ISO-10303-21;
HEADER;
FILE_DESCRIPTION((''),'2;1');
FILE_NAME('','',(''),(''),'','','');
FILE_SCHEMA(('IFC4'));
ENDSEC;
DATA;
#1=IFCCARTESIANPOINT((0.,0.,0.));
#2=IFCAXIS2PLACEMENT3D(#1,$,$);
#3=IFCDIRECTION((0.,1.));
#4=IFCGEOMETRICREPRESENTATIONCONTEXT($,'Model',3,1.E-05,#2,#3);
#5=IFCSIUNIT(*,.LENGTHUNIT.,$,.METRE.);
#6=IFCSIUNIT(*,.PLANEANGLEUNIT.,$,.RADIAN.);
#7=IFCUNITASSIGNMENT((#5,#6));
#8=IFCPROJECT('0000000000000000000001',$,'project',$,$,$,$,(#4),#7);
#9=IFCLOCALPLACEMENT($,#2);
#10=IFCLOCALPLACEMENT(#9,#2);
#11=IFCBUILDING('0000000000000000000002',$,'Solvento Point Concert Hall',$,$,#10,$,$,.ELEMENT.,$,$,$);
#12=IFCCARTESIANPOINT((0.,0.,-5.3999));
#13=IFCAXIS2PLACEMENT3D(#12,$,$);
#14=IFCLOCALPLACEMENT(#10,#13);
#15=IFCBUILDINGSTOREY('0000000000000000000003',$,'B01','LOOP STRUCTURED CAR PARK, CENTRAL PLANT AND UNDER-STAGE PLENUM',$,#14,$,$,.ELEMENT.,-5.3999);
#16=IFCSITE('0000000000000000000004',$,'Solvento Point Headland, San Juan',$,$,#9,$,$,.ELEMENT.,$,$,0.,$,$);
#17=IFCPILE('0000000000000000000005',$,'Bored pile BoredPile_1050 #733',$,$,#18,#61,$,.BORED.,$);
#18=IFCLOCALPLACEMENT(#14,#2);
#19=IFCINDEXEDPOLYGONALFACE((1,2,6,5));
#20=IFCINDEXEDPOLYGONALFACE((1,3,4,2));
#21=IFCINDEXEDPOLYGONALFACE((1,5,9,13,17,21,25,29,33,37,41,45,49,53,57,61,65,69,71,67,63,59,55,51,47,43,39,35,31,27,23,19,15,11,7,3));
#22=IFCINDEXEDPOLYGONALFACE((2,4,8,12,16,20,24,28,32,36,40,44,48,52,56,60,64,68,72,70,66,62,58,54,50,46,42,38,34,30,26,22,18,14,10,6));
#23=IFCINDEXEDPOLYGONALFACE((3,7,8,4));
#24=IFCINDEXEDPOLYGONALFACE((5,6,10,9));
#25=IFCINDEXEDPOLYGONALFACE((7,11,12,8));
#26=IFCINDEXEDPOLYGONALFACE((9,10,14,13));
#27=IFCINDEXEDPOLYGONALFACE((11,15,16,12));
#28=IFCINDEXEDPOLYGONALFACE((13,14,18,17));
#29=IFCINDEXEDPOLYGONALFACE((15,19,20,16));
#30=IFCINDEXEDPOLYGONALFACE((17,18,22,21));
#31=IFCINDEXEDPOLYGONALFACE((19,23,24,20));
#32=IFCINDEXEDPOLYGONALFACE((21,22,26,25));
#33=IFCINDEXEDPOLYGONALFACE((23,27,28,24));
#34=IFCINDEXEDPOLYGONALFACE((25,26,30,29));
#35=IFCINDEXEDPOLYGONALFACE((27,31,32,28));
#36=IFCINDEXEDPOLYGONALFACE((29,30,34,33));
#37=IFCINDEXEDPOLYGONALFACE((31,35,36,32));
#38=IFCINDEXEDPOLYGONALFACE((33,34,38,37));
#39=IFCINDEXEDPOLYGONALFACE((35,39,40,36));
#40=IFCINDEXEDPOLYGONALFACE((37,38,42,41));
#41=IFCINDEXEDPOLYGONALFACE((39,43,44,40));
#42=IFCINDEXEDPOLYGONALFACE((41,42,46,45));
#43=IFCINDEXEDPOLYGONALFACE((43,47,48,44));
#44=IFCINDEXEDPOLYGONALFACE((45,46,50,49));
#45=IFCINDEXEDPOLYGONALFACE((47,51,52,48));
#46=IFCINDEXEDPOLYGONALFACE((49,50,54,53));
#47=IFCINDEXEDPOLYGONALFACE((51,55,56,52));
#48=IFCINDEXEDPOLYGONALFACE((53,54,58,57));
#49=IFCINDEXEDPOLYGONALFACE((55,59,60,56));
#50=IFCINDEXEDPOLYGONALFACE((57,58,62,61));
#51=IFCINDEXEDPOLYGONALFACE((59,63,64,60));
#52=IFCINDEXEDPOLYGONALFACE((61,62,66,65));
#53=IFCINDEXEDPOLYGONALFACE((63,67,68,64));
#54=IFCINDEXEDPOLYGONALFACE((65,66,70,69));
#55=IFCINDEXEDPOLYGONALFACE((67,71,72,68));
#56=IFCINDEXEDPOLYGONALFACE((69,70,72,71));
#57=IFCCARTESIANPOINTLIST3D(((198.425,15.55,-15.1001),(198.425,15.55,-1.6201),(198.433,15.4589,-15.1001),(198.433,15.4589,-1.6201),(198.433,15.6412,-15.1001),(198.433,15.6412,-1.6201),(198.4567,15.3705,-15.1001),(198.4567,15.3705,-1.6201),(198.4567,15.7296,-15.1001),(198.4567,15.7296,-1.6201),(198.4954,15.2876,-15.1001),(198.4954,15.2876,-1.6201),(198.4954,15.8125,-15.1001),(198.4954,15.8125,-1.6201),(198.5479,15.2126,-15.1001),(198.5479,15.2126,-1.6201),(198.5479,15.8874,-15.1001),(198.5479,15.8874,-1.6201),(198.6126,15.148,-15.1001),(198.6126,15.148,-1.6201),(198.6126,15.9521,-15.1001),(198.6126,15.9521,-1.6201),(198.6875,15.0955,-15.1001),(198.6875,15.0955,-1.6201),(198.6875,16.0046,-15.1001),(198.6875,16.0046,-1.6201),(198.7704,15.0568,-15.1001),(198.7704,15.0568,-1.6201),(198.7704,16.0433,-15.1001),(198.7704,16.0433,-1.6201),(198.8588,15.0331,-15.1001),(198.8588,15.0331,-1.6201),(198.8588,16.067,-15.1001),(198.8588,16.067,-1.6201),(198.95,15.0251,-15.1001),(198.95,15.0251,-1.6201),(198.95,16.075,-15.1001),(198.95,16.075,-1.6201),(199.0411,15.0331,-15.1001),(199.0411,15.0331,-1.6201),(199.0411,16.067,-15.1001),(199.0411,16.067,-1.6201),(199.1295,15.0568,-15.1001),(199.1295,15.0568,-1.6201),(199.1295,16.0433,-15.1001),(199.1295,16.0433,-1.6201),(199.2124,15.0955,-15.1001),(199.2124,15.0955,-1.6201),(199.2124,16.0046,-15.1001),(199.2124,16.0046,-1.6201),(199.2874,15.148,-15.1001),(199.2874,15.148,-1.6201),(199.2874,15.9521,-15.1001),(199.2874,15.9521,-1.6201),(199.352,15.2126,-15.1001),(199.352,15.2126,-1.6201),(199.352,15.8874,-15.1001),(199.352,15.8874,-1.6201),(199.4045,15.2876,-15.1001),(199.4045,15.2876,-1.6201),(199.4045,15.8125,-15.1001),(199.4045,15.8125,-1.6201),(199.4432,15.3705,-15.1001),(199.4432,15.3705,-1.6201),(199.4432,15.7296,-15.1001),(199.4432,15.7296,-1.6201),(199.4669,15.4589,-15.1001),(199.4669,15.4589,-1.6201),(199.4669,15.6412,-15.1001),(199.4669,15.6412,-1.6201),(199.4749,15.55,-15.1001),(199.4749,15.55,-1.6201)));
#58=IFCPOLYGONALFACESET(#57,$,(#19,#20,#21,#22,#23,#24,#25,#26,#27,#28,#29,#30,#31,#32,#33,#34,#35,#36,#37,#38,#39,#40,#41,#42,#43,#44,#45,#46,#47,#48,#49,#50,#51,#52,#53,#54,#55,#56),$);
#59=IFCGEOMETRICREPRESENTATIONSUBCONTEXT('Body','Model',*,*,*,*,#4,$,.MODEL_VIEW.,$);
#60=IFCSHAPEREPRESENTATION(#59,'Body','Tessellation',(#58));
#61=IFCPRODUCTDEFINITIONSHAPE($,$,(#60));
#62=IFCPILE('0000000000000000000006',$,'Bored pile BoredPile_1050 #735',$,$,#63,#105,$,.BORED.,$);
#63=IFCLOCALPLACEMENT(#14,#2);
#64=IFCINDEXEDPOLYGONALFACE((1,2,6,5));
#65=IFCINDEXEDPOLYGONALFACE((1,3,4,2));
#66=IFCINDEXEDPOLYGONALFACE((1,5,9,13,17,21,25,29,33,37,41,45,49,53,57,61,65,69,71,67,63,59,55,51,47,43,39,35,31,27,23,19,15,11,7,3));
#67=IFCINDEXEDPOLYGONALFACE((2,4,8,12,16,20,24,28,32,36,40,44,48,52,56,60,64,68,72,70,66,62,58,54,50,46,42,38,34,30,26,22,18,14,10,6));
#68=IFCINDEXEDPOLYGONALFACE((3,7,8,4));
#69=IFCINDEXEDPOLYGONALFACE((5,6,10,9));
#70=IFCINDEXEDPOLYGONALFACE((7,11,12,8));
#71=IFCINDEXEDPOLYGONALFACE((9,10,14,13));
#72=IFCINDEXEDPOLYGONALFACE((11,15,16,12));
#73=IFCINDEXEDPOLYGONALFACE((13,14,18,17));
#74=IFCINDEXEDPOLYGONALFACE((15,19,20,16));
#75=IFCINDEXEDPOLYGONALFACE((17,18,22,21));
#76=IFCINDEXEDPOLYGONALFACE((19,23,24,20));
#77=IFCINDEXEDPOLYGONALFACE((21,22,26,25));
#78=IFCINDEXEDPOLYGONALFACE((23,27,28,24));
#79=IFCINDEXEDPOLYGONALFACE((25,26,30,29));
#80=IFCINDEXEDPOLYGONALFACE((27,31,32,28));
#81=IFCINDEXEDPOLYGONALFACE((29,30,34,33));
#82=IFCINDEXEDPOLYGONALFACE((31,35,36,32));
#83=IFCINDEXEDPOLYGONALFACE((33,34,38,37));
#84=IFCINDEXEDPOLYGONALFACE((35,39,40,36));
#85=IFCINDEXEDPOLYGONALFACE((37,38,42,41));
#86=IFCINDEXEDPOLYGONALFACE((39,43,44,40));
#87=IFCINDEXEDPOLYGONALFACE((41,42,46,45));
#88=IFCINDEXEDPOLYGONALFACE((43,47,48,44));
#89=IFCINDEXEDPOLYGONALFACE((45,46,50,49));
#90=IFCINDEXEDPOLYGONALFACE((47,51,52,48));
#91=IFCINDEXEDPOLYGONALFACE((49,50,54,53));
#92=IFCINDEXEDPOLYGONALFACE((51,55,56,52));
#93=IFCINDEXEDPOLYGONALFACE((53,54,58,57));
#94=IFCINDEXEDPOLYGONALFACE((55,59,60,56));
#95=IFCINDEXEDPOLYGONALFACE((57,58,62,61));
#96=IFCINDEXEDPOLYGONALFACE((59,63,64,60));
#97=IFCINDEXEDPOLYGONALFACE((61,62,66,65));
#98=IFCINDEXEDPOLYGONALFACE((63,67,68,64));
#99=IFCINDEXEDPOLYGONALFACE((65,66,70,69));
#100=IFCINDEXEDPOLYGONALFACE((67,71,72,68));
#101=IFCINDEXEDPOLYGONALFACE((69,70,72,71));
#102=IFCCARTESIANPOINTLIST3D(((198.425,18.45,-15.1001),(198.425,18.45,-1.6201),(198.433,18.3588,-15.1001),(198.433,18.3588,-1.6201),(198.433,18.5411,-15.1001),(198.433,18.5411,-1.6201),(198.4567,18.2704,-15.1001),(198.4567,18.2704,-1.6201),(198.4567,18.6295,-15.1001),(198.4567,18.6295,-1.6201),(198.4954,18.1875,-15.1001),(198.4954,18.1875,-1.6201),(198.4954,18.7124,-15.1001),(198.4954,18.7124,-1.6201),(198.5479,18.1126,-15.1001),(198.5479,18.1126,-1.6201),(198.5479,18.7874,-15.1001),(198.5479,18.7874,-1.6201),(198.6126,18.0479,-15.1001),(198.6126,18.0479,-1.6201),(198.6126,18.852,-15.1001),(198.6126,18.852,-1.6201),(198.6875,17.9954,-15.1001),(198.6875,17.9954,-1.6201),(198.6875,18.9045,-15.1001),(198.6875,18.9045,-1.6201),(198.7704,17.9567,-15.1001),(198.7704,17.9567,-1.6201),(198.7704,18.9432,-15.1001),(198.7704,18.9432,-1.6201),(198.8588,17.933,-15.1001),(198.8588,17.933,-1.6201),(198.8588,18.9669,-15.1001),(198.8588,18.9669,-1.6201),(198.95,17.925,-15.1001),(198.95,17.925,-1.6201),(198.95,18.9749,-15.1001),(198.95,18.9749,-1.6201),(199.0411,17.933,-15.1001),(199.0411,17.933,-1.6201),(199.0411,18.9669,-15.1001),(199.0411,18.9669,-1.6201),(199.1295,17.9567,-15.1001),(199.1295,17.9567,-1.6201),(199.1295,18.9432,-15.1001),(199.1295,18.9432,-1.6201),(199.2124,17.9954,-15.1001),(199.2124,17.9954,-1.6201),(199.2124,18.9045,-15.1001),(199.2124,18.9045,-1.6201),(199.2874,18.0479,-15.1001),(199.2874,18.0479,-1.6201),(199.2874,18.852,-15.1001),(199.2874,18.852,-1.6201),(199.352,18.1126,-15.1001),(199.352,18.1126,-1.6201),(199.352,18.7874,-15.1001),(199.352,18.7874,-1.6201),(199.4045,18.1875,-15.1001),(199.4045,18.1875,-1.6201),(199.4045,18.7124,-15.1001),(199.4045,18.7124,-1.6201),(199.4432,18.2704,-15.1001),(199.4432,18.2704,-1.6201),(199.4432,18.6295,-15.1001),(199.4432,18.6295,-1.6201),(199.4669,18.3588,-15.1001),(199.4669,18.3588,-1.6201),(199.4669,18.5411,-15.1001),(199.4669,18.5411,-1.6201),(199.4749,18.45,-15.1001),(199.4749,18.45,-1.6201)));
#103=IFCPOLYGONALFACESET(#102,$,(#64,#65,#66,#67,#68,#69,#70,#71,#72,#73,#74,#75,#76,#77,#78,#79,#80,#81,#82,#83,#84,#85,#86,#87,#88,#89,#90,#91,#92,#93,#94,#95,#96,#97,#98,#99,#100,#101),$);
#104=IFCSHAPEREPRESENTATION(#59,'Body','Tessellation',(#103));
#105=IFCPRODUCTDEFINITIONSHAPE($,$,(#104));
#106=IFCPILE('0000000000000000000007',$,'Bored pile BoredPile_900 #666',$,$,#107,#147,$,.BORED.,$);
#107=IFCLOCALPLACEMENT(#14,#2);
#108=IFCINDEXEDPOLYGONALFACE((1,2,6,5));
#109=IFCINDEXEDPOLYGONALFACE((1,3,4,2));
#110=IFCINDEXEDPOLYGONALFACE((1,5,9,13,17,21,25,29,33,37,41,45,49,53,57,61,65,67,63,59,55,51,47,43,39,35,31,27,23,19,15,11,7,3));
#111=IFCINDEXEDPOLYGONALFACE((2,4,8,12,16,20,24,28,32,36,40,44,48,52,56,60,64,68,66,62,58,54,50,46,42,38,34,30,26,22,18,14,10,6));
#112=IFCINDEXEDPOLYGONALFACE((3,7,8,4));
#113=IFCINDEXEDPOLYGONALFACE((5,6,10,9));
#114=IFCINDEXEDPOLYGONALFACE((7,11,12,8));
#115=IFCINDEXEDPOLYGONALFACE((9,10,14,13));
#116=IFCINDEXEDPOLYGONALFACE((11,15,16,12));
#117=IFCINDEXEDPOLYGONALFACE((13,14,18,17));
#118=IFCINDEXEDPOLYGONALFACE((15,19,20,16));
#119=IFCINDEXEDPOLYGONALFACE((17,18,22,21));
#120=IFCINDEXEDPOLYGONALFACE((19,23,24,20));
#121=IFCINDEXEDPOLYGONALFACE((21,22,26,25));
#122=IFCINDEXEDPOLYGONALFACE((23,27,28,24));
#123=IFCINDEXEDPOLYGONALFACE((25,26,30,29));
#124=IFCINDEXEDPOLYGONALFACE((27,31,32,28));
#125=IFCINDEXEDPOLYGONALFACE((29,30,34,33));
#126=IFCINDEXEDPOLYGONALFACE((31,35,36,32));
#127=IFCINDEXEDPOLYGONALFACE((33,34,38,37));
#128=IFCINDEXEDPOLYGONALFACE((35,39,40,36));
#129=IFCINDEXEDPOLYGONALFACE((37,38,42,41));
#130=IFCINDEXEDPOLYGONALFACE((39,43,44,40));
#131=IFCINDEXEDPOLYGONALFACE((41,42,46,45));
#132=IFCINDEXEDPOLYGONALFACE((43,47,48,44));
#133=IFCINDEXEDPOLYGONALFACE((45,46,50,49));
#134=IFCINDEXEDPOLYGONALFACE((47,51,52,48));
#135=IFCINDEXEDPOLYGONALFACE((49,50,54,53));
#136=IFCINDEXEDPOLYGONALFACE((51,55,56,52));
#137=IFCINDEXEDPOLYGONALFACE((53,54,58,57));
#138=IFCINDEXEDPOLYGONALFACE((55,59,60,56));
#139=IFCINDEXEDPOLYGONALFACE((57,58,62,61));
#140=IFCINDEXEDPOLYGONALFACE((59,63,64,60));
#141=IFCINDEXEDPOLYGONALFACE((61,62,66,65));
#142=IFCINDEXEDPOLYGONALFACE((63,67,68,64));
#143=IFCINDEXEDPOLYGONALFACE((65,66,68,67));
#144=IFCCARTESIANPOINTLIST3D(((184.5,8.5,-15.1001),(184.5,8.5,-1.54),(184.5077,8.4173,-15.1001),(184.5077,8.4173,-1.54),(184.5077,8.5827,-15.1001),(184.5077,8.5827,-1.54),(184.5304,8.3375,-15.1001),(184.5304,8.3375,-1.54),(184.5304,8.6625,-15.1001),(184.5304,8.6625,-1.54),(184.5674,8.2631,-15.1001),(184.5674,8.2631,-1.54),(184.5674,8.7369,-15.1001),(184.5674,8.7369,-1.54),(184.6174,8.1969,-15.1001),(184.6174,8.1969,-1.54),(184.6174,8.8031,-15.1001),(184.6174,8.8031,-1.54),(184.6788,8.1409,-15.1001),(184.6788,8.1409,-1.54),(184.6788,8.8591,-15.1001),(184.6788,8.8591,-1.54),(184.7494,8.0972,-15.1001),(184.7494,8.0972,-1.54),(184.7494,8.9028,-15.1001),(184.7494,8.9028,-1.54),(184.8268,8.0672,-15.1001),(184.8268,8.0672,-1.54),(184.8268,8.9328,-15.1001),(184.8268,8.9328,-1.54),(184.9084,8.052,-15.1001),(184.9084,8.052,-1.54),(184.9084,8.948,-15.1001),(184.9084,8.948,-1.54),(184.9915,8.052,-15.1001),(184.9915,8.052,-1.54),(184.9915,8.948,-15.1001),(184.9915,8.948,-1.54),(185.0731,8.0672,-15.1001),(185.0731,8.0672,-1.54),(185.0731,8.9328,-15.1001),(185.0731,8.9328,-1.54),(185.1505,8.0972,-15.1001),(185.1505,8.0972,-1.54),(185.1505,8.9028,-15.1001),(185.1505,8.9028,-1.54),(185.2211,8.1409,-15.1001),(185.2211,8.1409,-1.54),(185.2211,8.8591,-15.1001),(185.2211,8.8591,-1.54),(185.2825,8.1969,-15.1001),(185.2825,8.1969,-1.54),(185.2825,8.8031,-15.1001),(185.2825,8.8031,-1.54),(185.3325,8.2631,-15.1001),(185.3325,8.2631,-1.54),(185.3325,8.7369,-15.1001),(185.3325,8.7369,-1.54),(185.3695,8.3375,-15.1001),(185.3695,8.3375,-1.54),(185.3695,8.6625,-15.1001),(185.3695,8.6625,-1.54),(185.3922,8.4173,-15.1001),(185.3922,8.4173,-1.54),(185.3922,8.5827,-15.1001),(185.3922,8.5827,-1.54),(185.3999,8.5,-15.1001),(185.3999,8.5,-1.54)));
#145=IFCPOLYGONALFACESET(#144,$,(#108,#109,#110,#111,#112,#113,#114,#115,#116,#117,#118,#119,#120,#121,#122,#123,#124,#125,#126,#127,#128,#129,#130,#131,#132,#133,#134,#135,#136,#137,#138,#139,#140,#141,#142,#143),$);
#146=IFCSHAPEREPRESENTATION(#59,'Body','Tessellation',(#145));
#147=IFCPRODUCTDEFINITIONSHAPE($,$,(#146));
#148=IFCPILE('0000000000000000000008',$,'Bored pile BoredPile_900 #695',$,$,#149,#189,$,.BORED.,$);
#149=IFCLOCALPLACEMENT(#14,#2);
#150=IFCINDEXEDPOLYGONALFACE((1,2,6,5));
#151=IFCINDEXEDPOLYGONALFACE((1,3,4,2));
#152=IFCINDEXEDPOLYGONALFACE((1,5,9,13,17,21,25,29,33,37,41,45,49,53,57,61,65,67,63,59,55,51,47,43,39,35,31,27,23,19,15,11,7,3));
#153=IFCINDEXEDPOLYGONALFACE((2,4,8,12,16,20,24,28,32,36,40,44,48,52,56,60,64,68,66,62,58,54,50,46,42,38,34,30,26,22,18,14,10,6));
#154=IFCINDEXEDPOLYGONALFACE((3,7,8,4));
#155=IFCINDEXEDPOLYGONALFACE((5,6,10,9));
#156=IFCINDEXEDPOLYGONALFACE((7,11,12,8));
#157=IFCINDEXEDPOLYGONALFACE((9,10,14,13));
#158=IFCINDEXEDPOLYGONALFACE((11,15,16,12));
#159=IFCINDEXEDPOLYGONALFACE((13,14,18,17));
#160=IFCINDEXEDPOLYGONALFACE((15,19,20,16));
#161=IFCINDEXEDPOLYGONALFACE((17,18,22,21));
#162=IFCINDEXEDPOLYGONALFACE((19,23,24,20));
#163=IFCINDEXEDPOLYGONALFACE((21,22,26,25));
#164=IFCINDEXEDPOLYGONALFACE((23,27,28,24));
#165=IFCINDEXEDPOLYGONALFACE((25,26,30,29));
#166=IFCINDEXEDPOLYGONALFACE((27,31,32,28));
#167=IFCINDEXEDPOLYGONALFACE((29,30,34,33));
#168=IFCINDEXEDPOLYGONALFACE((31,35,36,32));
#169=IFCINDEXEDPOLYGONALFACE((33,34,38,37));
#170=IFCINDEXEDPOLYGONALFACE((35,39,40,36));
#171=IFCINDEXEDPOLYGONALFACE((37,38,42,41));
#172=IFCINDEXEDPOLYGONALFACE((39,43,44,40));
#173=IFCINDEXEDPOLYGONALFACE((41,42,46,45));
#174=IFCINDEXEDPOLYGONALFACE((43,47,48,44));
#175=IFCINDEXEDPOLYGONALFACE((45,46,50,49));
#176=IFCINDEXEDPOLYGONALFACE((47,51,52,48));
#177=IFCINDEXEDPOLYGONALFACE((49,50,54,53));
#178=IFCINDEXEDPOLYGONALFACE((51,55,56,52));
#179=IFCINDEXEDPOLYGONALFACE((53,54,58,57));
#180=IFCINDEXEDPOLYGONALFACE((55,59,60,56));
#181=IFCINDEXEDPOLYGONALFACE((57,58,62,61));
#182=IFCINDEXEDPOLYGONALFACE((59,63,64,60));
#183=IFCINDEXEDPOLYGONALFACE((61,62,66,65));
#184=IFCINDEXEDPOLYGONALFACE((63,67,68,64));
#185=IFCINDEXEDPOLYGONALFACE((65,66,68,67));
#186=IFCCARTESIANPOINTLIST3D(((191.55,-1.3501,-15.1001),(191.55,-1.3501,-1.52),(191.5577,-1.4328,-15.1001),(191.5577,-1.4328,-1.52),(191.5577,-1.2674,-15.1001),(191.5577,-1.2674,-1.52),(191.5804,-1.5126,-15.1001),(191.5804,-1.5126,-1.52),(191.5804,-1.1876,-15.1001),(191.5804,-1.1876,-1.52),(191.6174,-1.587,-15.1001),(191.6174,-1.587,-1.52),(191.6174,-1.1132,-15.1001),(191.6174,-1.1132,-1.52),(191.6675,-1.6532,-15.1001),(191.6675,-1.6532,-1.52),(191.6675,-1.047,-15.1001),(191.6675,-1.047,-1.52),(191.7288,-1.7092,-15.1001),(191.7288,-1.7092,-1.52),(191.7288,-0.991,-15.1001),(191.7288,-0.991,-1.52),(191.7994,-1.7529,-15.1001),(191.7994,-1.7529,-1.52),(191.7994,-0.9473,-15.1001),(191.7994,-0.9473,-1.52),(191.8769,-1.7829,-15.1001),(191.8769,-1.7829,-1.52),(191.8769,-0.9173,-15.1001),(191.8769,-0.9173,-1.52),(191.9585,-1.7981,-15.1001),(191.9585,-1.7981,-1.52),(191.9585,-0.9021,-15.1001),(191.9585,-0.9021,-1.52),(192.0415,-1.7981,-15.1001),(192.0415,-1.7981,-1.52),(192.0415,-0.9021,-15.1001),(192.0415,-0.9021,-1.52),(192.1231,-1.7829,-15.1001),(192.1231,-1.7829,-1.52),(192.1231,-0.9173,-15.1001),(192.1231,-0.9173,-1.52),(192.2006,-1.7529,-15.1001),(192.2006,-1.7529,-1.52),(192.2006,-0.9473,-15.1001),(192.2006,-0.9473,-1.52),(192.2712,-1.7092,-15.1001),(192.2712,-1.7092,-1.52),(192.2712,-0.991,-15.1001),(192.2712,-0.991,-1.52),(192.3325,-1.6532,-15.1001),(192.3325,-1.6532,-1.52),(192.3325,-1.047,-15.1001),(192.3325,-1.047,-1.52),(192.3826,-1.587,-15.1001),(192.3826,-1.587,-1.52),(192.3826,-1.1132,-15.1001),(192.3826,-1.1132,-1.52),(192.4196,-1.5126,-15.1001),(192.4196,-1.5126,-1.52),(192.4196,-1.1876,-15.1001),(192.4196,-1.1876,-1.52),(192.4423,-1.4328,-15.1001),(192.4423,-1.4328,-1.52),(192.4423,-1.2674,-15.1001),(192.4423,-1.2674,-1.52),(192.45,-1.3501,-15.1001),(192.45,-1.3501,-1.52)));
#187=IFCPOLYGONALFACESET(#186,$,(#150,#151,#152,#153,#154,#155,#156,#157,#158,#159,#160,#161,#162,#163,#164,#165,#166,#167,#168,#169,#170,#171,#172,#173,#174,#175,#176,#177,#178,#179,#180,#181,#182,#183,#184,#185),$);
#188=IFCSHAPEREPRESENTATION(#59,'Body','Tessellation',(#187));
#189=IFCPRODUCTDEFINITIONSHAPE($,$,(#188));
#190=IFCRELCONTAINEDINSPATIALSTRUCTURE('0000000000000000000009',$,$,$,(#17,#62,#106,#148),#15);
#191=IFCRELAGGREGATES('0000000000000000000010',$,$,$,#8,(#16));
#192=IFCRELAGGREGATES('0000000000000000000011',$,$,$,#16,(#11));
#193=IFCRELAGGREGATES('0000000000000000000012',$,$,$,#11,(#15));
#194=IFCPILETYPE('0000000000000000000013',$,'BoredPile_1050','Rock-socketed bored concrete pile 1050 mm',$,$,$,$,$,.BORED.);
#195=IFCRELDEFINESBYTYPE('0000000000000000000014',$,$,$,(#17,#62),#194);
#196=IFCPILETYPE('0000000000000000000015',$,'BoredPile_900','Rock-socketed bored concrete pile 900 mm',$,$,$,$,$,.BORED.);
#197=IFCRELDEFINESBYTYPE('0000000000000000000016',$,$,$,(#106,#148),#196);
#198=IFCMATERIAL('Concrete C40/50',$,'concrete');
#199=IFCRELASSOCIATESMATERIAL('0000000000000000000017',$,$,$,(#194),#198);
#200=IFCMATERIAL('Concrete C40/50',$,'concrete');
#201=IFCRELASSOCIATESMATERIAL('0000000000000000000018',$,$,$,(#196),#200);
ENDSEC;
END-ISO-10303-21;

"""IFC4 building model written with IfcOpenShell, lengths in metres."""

from ifc_helpers import new_model, si_unit, direction, frame, origin, origin_2d, place, context, subcontext, project, spatial, circle, extrude, material, material_profile, profile_set, type_object, element, save


model = new_model("IFC4")

# Units and contexts
model_context = context("Model", 3, precision=1e-05, world=origin(), true_north=direction((0.0, 1.0)))
body_context = subcontext(model_context, "Body", "Model", "MODEL_VIEW")
ifc_project = project(units=[si_unit("LENGTHUNIT", "METRE"), si_unit("PLANEANGLEUNIT", "RADIAN")], contexts=[model_context])

# Site, building, storey
site_placement = place(None, origin())
site = spatial("IfcSite", under=ifc_project, at=site_placement, Name="Solvento Point Headland, San Juan", CompositionType="ELEMENT", RefElevation=0.0)
building_placement = place(site_placement, origin())
building = spatial("IfcBuilding", under=site, at=building_placement, Name="Solvento Point Concert Hall", CompositionType="ELEMENT")
storey_placement = place(building_placement, frame((0.0, 0.0, -5.3999)))
storey = spatial("IfcBuildingStorey", under=building, at=storey_placement, Name="B01", Description="LOOP STRUCTURED CAR PARK, CENTRAL PLANT AND UNDER-STAGE PLENUM", CompositionType="ELEMENT", Elevation=-5.3999)

# Piles
ifc_material_1 = material(Name="Concrete C40/50", Category="concrete")
ifc_material_profile_1 = material_profile(ifc_material_1, circle(Radius=0.5249, at=origin_2d()), Name="BP-1050")
ifc_profile_set_1 = profile_set([ifc_material_profile_1], Name="Concrete C40/50")
pile_type_1 = type_object("IfcPileType", Name="BoredPile_1050", Description="Rock-socketed bored concrete pile 1050 mm", PredefinedType="BORED", material=ifc_profile_set_1)
for number, where, z_axis, x_axis, name in (
    (1, (198.95, 15.55, -1.6201), (0.0, 0.0, -1.0), (1.0, 0.0, 0.0), "Bored pile BoredPile_1050 #733"),
    (2, (198.95, 18.45, -1.6201), (0.0, 0.0, -1.0), (1.0, 0.0, 0.0), "Bored pile BoredPile_1050 #735"),
):
    element("IfcPile", number, at=place(storey_placement, frame(where, z_axis=z_axis, x_axis=x_axis)), inside=storey, type_object=pile_type_1, Name=name, PredefinedType="BORED", context=body_context, shape_type="SweptSolid", body=[
        extrude(circle(Radius=0.5249, at=origin_2d()), origin(), (0.0, 0.0, 1.0), 13.48),
    ])
ifc_material_2 = material(Name="Concrete C40/50", Category="concrete")
ifc_material_profile_2 = material_profile(ifc_material_2, circle(Radius=0.45, at=origin_2d()), Name="BP-900")
ifc_profile_set_2 = profile_set([ifc_material_profile_2], Name="Concrete C40/50")
pile_type_2 = type_object("IfcPileType", Name="BoredPile_900", Description="Rock-socketed bored concrete pile 900 mm", PredefinedType="BORED", material=ifc_profile_set_2)
pile_placement = place(storey_placement, frame((184.95, 8.5, -1.54), z_axis=(0.0, 0.0, -1.0), x_axis=(1.0, 0.0, 0.0)))
element("IfcPile", 3, at=pile_placement, inside=storey, type_object=pile_type_2, Name="Bored pile BoredPile_900 #666", PredefinedType="BORED", context=body_context, shape_type="SweptSolid", body=[
    extrude(circle(Radius=0.45, at=origin_2d()), origin(), (0.0, 0.0, 1.0), 13.5601),
])
for number, where, z_axis, x_axis, name in (
    (4, (192.0, -1.3501, -1.52), (0.0, 0.0, -1.0), (1.0, 0.0, 0.0), "Bored pile BoredPile_900 #695"),
):
    element("IfcPile", number, at=place(storey_placement, frame(where, z_axis=z_axis, x_axis=x_axis)), inside=storey, type_object=pile_type_2, Name=name, PredefinedType="BORED", context=body_context, shape_type="SweptSolid", body=[
        extrude(circle(Radius=0.45, at=origin_2d()), origin(), (0.0, 0.0, 1.0), 13.5801),
    ])

save(model, "model.ifc")
